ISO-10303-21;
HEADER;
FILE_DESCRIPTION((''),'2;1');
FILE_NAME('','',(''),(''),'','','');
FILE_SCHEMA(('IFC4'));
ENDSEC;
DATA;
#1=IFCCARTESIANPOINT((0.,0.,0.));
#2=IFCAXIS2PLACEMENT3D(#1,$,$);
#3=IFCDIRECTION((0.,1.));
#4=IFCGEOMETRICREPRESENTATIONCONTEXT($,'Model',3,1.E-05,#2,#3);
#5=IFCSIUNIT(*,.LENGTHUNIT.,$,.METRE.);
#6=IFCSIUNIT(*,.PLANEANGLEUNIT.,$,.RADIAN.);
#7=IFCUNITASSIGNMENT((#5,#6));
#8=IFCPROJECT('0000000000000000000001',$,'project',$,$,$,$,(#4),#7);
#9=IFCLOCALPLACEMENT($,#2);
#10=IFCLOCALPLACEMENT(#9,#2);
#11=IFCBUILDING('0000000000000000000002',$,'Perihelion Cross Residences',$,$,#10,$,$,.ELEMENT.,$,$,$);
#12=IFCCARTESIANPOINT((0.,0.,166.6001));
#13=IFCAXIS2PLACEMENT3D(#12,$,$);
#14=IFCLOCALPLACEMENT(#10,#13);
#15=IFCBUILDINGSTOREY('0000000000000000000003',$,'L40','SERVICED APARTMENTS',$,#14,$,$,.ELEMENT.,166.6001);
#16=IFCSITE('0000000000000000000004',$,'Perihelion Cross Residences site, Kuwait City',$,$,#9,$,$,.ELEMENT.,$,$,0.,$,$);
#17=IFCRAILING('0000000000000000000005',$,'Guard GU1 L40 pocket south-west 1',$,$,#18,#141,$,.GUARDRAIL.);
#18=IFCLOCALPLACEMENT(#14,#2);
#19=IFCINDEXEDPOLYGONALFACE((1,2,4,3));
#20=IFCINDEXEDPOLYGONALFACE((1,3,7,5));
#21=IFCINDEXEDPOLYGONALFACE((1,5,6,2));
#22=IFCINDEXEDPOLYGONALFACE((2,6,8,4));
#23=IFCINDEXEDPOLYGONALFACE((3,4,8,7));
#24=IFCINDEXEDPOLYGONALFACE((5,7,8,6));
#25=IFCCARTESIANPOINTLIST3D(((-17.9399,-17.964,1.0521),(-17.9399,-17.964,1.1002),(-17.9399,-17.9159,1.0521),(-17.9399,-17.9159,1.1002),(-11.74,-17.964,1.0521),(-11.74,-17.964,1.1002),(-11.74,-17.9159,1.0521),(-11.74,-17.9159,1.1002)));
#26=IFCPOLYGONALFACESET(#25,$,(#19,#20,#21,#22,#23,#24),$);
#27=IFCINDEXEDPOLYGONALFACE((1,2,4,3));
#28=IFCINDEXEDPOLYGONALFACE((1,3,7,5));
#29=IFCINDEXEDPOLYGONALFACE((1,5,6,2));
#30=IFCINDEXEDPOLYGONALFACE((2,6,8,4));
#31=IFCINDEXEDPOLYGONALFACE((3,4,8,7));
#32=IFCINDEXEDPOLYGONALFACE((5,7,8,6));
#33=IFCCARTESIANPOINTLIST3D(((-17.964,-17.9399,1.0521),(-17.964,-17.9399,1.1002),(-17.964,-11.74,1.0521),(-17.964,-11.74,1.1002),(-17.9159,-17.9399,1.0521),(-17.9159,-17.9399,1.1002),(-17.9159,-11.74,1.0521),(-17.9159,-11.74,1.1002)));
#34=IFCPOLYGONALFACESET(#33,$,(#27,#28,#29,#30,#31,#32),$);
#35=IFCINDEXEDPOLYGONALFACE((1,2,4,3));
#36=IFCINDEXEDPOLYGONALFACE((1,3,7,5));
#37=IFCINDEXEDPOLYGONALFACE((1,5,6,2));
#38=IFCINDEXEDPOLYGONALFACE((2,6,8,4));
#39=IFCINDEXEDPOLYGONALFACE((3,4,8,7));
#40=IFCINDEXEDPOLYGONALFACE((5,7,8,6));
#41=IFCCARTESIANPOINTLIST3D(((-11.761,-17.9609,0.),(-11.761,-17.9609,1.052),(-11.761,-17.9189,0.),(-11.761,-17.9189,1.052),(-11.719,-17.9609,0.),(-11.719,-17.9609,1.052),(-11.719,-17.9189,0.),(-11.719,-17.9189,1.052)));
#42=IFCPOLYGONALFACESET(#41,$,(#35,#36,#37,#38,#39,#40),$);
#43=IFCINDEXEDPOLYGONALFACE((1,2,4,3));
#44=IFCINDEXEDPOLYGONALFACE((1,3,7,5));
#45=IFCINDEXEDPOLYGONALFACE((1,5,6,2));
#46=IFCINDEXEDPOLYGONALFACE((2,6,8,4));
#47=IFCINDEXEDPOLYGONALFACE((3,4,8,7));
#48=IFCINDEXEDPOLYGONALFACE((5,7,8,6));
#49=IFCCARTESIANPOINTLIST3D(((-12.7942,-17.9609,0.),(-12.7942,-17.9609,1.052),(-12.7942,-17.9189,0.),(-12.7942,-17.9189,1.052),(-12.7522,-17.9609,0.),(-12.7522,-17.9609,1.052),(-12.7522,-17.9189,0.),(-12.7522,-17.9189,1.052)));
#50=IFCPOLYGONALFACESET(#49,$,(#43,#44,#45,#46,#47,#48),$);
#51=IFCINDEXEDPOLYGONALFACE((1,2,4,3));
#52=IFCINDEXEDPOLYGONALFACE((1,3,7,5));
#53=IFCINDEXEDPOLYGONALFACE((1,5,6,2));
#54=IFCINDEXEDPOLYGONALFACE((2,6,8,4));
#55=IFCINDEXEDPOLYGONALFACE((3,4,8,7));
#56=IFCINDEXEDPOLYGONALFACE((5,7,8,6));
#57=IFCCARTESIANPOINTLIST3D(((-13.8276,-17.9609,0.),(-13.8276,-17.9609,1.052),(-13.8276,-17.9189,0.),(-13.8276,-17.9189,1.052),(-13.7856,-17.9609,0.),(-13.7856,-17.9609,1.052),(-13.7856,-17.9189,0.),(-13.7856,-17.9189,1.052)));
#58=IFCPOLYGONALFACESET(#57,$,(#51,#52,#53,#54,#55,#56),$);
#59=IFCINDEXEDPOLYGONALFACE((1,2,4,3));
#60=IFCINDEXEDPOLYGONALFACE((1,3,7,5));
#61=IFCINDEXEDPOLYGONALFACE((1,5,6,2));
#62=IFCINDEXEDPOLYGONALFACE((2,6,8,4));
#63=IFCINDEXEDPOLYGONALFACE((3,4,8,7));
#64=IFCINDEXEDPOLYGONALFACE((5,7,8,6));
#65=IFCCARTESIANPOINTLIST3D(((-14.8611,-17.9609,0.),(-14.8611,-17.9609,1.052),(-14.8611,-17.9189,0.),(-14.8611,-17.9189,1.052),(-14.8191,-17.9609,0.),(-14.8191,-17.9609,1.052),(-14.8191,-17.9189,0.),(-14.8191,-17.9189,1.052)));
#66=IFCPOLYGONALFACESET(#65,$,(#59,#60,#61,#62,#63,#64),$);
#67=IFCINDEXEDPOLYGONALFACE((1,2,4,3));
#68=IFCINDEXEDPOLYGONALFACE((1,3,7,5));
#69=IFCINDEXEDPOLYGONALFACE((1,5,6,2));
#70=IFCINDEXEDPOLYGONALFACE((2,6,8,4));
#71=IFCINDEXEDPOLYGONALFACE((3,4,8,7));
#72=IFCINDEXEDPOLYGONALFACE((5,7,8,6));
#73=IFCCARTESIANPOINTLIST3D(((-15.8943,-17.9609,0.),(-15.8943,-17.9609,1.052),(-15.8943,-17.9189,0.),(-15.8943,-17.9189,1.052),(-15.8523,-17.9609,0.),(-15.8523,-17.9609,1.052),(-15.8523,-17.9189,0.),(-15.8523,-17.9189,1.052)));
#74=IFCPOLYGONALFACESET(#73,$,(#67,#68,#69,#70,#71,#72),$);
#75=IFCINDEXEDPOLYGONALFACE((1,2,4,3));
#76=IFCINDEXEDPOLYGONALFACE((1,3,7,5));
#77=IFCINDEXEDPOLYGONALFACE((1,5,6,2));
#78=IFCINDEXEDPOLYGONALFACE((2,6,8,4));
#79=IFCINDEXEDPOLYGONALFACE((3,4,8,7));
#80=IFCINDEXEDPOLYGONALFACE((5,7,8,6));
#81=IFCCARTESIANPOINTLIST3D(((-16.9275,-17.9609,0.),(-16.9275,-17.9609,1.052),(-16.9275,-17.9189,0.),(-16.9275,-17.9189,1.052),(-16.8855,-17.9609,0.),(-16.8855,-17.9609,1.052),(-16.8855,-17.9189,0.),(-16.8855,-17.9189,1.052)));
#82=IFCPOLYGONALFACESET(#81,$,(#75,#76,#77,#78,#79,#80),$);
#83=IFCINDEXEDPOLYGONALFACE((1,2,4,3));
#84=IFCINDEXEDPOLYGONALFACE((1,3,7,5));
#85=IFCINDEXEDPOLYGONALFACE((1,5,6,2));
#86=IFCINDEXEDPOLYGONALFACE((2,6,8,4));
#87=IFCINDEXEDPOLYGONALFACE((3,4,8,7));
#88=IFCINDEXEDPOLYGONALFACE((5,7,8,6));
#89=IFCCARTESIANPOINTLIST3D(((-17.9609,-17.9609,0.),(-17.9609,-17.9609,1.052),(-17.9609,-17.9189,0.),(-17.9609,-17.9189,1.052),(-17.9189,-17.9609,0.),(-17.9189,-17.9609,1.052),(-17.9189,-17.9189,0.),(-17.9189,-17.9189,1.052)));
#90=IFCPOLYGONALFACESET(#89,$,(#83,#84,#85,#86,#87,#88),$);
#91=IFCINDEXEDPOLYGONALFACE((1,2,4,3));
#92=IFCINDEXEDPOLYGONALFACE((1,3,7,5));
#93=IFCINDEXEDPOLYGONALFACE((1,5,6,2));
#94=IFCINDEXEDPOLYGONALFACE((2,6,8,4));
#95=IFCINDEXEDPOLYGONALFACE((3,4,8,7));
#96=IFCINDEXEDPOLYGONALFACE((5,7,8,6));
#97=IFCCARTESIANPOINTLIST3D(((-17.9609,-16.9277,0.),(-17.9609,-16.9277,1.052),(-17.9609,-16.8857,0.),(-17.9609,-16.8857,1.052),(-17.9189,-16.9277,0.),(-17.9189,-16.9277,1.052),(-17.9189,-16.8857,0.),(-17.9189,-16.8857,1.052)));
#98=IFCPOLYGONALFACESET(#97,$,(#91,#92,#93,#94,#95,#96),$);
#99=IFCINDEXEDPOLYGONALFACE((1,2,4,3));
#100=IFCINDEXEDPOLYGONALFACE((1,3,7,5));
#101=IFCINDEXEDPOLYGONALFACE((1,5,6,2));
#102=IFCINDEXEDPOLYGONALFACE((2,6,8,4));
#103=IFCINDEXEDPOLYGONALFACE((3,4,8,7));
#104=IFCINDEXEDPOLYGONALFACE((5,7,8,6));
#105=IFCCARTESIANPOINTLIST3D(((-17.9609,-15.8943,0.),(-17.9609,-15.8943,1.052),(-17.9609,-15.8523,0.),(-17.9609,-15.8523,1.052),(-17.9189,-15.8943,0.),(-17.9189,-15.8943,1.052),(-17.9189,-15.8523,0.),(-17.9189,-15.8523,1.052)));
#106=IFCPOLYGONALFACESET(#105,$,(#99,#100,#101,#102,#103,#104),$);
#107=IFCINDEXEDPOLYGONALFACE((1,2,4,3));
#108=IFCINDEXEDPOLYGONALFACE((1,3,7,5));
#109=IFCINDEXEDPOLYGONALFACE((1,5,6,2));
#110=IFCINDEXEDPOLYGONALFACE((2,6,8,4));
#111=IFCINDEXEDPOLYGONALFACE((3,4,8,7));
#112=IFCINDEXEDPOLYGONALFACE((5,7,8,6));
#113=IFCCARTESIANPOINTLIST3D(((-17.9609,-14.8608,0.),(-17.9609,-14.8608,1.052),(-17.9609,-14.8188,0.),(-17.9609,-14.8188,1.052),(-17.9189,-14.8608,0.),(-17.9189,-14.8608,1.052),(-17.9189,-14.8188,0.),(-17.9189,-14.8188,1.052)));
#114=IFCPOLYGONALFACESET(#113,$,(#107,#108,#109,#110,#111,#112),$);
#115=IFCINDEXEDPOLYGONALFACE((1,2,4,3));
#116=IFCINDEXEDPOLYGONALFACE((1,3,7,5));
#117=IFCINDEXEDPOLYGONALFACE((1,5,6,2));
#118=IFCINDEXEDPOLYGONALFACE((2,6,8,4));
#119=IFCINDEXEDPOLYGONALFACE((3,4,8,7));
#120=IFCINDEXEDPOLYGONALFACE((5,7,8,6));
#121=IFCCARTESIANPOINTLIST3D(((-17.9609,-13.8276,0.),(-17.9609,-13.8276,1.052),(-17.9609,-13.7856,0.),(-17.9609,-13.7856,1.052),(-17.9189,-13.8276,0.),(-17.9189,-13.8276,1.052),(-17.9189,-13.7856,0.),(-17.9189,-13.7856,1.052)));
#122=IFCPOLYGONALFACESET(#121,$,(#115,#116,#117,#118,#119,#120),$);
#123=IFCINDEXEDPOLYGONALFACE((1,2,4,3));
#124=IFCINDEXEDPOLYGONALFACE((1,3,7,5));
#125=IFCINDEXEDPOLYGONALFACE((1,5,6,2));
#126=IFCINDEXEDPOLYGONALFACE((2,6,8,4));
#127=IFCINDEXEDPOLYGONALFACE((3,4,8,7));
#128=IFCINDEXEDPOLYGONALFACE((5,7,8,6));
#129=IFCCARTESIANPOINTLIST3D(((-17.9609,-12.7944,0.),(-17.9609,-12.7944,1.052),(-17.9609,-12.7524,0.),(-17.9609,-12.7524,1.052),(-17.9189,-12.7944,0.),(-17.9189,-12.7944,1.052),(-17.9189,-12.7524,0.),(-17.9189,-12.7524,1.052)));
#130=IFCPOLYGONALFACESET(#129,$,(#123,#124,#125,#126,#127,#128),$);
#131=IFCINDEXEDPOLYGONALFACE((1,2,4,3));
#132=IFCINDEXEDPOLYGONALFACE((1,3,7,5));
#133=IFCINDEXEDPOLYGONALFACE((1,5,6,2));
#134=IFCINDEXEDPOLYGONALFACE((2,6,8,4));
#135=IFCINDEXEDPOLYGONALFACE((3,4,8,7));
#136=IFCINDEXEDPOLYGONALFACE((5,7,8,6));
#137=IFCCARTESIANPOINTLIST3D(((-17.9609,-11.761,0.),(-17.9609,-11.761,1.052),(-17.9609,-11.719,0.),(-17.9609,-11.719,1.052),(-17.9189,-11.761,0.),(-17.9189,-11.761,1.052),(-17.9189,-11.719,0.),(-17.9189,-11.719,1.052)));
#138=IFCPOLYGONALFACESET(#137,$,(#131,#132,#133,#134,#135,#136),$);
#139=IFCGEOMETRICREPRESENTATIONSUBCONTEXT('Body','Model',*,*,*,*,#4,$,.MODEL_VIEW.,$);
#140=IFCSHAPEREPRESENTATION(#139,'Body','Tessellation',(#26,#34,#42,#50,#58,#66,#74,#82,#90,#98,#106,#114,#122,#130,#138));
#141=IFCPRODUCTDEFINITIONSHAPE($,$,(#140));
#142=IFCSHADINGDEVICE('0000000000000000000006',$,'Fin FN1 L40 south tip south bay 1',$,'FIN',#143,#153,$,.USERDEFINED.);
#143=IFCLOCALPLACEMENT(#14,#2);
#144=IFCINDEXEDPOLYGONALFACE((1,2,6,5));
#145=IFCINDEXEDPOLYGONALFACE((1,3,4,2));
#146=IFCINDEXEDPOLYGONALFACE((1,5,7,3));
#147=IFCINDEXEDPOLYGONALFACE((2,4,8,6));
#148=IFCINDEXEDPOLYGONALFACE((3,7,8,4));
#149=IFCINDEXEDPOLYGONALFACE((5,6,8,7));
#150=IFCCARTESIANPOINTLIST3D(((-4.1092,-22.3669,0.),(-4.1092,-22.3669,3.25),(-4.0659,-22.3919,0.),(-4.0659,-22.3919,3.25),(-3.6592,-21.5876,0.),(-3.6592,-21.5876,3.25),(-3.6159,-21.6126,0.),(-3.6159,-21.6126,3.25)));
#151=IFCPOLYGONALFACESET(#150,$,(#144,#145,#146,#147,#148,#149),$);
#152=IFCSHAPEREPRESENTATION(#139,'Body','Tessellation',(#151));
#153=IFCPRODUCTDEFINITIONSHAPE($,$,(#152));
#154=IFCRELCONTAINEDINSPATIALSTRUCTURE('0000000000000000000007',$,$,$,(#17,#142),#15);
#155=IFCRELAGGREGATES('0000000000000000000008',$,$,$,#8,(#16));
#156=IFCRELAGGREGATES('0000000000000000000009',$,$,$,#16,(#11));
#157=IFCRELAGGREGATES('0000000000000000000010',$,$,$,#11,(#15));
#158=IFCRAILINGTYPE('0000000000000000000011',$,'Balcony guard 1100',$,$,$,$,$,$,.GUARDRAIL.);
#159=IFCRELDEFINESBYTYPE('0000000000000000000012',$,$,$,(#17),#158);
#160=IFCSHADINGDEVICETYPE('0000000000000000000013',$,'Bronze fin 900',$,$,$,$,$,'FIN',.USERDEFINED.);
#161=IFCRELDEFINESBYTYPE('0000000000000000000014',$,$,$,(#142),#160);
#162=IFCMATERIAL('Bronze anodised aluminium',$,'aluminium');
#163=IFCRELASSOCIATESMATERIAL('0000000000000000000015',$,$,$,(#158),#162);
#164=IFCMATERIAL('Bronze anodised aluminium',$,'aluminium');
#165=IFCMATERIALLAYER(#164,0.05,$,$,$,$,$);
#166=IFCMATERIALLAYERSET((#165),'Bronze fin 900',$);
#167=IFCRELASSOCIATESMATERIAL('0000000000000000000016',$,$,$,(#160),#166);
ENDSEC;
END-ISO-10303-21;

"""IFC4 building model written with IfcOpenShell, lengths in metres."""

from ifc_helpers import new_model, si_unit, direction, frame, origin, origin_2d, place, context, subcontext, project, spatial, rectangle, extrude, material, layer, layer_set, type_object, element, save


model = new_model("IFC4")

# Units and contexts
model_context = context("Model", 3, precision=1e-05, world=origin(), true_north=direction((0.0, 1.0)))
body_context = subcontext(model_context, "Body", "Model", "MODEL_VIEW")
ifc_project = project(units=[si_unit("LENGTHUNIT", "METRE"), si_unit("PLANEANGLEUNIT", "RADIAN")], contexts=[model_context])

# Site, building, storey
site_placement = place(None, origin())
site = spatial("IfcSite", under=ifc_project, at=site_placement, Name="Perihelion Cross Residences site, Kuwait City", CompositionType="ELEMENT", RefElevation=0.0)
building_placement = place(site_placement, origin())
building = spatial("IfcBuilding", under=site, at=building_placement, Name="Perihelion Cross Residences", CompositionType="ELEMENT")
storey_placement = place(building_placement, frame((0.0, 0.0, 166.6001)))
storey = spatial("IfcBuildingStorey", under=building, at=storey_placement, Name="L40", Description="SERVICED APARTMENTS", CompositionType="ELEMENT", Elevation=166.6001)

# Railing
ifc_material_1 = material(Name="Bronze anodised aluminium", Category="aluminium")
railing_type = type_object("IfcRailingType", Name="Balcony guard 1100", PredefinedType="GUARDRAIL", material=ifc_material_1)
railing_1_placement = place(storey_placement, frame((-11.74, -17.9399, 0.0)))
element("IfcRailing", 1, at=railing_1_placement, inside=storey, type_object=railing_type, Name="Guard GU1 L40 pocket south-west 1", PredefinedType="GUARDRAIL", context=body_context, shape_type="SweptSolid", body=[
    extrude(rectangle(XDim=0.0481, YDim=0.0481, at=origin_2d()), frame((0.0, 0.0, 1.0762), z_axis=(-1.0, 0.0, 0.0), x_axis=(0.0, -1.0, 0.0)), (0.0, 0.0, 1.0), 6.2),
    extrude(rectangle(XDim=0.0481, YDim=0.0481, at=origin_2d()), frame((-6.2, 0.0, 1.0762), z_axis=(0.0, 1.0, 0.0), x_axis=(-1.0, 0.0, 0.0)), (0.0, 0.0, 1.0), 6.2),
    extrude(rectangle(XDim=0.042, YDim=0.042, at=origin_2d()), origin(), (0.0, 0.0, 1.0), 1.052),
    extrude(rectangle(XDim=0.042, YDim=0.042, at=origin_2d()), frame((-1.0332, 0.0, 0.0)), (0.0, 0.0, 1.0), 1.052),
    extrude(rectangle(XDim=0.042, YDim=0.042, at=origin_2d()), frame((-2.0667, 0.0, 0.0)), (0.0, 0.0, 1.0), 1.052),
    extrude(rectangle(XDim=0.042, YDim=0.042, at=origin_2d()), frame((-3.1001, 0.0, 0.0)), (0.0, 0.0, 1.0), 1.052),
    extrude(rectangle(XDim=0.042, YDim=0.042, at=origin_2d()), frame((-4.1333, 0.0, 0.0)), (0.0, 0.0, 1.0), 1.052),
    extrude(rectangle(XDim=0.042, YDim=0.042, at=origin_2d()), frame((-5.1665, 0.0, 0.0)), (0.0, 0.0, 1.0), 1.052),
    extrude(rectangle(XDim=0.042, YDim=0.042, at=origin_2d()), frame((-6.2, 0.0, 0.0)), (0.0, 0.0, 1.0), 1.052),
    extrude(rectangle(XDim=0.042, YDim=0.042, at=origin_2d()), frame((-6.2, 1.0332, 0.0)), (0.0, 0.0, 1.0), 1.052),
    extrude(rectangle(XDim=0.042, YDim=0.042, at=origin_2d()), frame((-6.2, 2.0667, 0.0)), (0.0, 0.0, 1.0), 1.052),
    extrude(rectangle(XDim=0.042, YDim=0.042, at=origin_2d()), frame((-6.2, 3.1001, 0.0)), (0.0, 0.0, 1.0), 1.052),
    extrude(rectangle(XDim=0.042, YDim=0.042, at=origin_2d()), frame((-6.2, 4.1333, 0.0)), (0.0, 0.0, 1.0), 1.052),
    extrude(rectangle(XDim=0.042, YDim=0.042, at=origin_2d()), frame((-6.2, 5.1665, 0.0)), (0.0, 0.0, 1.0), 1.052),
    extrude(rectangle(XDim=0.042, YDim=0.042, at=origin_2d()), frame((-6.2, 6.2, 0.0)), (0.0, 0.0, 1.0), 1.052),
])

# Shading device
ifc_material_2 = material(Name="Bronze anodised aluminium", Category="aluminium")
ifc_layer_1 = layer(ifc_material_2, 0.05)
ifc_layer_set_1 = layer_set([ifc_layer_1], Name="Bronze fin 900")
shading_device_type = type_object("IfcShadingDeviceType", Name="Bronze fin 900", ElementType="FIN", PredefinedType="USERDEFINED", material=ifc_layer_set_1)
shading_device_placement = place(storey_placement, frame((-3.8625, -21.9897, 0.0), z_axis=(0.0, 0.0, 1.0), x_axis=(-0.5, -0.866025, 0.0)))
element("IfcShadingDevice", 2, at=shading_device_placement, inside=storey, type_object=shading_device_type, Name="Fin FN1 L40 south tip south bay 1", ObjectType="FIN", PredefinedType="USERDEFINED", context=body_context, shape_type="SweptSolid", body=[
    extrude(rectangle(XDim=0.8999, YDim=0.05, at=origin_2d()), origin(), (0.0, 0.0, 1.0), 3.25),
])

save(model, "model.ifc")
